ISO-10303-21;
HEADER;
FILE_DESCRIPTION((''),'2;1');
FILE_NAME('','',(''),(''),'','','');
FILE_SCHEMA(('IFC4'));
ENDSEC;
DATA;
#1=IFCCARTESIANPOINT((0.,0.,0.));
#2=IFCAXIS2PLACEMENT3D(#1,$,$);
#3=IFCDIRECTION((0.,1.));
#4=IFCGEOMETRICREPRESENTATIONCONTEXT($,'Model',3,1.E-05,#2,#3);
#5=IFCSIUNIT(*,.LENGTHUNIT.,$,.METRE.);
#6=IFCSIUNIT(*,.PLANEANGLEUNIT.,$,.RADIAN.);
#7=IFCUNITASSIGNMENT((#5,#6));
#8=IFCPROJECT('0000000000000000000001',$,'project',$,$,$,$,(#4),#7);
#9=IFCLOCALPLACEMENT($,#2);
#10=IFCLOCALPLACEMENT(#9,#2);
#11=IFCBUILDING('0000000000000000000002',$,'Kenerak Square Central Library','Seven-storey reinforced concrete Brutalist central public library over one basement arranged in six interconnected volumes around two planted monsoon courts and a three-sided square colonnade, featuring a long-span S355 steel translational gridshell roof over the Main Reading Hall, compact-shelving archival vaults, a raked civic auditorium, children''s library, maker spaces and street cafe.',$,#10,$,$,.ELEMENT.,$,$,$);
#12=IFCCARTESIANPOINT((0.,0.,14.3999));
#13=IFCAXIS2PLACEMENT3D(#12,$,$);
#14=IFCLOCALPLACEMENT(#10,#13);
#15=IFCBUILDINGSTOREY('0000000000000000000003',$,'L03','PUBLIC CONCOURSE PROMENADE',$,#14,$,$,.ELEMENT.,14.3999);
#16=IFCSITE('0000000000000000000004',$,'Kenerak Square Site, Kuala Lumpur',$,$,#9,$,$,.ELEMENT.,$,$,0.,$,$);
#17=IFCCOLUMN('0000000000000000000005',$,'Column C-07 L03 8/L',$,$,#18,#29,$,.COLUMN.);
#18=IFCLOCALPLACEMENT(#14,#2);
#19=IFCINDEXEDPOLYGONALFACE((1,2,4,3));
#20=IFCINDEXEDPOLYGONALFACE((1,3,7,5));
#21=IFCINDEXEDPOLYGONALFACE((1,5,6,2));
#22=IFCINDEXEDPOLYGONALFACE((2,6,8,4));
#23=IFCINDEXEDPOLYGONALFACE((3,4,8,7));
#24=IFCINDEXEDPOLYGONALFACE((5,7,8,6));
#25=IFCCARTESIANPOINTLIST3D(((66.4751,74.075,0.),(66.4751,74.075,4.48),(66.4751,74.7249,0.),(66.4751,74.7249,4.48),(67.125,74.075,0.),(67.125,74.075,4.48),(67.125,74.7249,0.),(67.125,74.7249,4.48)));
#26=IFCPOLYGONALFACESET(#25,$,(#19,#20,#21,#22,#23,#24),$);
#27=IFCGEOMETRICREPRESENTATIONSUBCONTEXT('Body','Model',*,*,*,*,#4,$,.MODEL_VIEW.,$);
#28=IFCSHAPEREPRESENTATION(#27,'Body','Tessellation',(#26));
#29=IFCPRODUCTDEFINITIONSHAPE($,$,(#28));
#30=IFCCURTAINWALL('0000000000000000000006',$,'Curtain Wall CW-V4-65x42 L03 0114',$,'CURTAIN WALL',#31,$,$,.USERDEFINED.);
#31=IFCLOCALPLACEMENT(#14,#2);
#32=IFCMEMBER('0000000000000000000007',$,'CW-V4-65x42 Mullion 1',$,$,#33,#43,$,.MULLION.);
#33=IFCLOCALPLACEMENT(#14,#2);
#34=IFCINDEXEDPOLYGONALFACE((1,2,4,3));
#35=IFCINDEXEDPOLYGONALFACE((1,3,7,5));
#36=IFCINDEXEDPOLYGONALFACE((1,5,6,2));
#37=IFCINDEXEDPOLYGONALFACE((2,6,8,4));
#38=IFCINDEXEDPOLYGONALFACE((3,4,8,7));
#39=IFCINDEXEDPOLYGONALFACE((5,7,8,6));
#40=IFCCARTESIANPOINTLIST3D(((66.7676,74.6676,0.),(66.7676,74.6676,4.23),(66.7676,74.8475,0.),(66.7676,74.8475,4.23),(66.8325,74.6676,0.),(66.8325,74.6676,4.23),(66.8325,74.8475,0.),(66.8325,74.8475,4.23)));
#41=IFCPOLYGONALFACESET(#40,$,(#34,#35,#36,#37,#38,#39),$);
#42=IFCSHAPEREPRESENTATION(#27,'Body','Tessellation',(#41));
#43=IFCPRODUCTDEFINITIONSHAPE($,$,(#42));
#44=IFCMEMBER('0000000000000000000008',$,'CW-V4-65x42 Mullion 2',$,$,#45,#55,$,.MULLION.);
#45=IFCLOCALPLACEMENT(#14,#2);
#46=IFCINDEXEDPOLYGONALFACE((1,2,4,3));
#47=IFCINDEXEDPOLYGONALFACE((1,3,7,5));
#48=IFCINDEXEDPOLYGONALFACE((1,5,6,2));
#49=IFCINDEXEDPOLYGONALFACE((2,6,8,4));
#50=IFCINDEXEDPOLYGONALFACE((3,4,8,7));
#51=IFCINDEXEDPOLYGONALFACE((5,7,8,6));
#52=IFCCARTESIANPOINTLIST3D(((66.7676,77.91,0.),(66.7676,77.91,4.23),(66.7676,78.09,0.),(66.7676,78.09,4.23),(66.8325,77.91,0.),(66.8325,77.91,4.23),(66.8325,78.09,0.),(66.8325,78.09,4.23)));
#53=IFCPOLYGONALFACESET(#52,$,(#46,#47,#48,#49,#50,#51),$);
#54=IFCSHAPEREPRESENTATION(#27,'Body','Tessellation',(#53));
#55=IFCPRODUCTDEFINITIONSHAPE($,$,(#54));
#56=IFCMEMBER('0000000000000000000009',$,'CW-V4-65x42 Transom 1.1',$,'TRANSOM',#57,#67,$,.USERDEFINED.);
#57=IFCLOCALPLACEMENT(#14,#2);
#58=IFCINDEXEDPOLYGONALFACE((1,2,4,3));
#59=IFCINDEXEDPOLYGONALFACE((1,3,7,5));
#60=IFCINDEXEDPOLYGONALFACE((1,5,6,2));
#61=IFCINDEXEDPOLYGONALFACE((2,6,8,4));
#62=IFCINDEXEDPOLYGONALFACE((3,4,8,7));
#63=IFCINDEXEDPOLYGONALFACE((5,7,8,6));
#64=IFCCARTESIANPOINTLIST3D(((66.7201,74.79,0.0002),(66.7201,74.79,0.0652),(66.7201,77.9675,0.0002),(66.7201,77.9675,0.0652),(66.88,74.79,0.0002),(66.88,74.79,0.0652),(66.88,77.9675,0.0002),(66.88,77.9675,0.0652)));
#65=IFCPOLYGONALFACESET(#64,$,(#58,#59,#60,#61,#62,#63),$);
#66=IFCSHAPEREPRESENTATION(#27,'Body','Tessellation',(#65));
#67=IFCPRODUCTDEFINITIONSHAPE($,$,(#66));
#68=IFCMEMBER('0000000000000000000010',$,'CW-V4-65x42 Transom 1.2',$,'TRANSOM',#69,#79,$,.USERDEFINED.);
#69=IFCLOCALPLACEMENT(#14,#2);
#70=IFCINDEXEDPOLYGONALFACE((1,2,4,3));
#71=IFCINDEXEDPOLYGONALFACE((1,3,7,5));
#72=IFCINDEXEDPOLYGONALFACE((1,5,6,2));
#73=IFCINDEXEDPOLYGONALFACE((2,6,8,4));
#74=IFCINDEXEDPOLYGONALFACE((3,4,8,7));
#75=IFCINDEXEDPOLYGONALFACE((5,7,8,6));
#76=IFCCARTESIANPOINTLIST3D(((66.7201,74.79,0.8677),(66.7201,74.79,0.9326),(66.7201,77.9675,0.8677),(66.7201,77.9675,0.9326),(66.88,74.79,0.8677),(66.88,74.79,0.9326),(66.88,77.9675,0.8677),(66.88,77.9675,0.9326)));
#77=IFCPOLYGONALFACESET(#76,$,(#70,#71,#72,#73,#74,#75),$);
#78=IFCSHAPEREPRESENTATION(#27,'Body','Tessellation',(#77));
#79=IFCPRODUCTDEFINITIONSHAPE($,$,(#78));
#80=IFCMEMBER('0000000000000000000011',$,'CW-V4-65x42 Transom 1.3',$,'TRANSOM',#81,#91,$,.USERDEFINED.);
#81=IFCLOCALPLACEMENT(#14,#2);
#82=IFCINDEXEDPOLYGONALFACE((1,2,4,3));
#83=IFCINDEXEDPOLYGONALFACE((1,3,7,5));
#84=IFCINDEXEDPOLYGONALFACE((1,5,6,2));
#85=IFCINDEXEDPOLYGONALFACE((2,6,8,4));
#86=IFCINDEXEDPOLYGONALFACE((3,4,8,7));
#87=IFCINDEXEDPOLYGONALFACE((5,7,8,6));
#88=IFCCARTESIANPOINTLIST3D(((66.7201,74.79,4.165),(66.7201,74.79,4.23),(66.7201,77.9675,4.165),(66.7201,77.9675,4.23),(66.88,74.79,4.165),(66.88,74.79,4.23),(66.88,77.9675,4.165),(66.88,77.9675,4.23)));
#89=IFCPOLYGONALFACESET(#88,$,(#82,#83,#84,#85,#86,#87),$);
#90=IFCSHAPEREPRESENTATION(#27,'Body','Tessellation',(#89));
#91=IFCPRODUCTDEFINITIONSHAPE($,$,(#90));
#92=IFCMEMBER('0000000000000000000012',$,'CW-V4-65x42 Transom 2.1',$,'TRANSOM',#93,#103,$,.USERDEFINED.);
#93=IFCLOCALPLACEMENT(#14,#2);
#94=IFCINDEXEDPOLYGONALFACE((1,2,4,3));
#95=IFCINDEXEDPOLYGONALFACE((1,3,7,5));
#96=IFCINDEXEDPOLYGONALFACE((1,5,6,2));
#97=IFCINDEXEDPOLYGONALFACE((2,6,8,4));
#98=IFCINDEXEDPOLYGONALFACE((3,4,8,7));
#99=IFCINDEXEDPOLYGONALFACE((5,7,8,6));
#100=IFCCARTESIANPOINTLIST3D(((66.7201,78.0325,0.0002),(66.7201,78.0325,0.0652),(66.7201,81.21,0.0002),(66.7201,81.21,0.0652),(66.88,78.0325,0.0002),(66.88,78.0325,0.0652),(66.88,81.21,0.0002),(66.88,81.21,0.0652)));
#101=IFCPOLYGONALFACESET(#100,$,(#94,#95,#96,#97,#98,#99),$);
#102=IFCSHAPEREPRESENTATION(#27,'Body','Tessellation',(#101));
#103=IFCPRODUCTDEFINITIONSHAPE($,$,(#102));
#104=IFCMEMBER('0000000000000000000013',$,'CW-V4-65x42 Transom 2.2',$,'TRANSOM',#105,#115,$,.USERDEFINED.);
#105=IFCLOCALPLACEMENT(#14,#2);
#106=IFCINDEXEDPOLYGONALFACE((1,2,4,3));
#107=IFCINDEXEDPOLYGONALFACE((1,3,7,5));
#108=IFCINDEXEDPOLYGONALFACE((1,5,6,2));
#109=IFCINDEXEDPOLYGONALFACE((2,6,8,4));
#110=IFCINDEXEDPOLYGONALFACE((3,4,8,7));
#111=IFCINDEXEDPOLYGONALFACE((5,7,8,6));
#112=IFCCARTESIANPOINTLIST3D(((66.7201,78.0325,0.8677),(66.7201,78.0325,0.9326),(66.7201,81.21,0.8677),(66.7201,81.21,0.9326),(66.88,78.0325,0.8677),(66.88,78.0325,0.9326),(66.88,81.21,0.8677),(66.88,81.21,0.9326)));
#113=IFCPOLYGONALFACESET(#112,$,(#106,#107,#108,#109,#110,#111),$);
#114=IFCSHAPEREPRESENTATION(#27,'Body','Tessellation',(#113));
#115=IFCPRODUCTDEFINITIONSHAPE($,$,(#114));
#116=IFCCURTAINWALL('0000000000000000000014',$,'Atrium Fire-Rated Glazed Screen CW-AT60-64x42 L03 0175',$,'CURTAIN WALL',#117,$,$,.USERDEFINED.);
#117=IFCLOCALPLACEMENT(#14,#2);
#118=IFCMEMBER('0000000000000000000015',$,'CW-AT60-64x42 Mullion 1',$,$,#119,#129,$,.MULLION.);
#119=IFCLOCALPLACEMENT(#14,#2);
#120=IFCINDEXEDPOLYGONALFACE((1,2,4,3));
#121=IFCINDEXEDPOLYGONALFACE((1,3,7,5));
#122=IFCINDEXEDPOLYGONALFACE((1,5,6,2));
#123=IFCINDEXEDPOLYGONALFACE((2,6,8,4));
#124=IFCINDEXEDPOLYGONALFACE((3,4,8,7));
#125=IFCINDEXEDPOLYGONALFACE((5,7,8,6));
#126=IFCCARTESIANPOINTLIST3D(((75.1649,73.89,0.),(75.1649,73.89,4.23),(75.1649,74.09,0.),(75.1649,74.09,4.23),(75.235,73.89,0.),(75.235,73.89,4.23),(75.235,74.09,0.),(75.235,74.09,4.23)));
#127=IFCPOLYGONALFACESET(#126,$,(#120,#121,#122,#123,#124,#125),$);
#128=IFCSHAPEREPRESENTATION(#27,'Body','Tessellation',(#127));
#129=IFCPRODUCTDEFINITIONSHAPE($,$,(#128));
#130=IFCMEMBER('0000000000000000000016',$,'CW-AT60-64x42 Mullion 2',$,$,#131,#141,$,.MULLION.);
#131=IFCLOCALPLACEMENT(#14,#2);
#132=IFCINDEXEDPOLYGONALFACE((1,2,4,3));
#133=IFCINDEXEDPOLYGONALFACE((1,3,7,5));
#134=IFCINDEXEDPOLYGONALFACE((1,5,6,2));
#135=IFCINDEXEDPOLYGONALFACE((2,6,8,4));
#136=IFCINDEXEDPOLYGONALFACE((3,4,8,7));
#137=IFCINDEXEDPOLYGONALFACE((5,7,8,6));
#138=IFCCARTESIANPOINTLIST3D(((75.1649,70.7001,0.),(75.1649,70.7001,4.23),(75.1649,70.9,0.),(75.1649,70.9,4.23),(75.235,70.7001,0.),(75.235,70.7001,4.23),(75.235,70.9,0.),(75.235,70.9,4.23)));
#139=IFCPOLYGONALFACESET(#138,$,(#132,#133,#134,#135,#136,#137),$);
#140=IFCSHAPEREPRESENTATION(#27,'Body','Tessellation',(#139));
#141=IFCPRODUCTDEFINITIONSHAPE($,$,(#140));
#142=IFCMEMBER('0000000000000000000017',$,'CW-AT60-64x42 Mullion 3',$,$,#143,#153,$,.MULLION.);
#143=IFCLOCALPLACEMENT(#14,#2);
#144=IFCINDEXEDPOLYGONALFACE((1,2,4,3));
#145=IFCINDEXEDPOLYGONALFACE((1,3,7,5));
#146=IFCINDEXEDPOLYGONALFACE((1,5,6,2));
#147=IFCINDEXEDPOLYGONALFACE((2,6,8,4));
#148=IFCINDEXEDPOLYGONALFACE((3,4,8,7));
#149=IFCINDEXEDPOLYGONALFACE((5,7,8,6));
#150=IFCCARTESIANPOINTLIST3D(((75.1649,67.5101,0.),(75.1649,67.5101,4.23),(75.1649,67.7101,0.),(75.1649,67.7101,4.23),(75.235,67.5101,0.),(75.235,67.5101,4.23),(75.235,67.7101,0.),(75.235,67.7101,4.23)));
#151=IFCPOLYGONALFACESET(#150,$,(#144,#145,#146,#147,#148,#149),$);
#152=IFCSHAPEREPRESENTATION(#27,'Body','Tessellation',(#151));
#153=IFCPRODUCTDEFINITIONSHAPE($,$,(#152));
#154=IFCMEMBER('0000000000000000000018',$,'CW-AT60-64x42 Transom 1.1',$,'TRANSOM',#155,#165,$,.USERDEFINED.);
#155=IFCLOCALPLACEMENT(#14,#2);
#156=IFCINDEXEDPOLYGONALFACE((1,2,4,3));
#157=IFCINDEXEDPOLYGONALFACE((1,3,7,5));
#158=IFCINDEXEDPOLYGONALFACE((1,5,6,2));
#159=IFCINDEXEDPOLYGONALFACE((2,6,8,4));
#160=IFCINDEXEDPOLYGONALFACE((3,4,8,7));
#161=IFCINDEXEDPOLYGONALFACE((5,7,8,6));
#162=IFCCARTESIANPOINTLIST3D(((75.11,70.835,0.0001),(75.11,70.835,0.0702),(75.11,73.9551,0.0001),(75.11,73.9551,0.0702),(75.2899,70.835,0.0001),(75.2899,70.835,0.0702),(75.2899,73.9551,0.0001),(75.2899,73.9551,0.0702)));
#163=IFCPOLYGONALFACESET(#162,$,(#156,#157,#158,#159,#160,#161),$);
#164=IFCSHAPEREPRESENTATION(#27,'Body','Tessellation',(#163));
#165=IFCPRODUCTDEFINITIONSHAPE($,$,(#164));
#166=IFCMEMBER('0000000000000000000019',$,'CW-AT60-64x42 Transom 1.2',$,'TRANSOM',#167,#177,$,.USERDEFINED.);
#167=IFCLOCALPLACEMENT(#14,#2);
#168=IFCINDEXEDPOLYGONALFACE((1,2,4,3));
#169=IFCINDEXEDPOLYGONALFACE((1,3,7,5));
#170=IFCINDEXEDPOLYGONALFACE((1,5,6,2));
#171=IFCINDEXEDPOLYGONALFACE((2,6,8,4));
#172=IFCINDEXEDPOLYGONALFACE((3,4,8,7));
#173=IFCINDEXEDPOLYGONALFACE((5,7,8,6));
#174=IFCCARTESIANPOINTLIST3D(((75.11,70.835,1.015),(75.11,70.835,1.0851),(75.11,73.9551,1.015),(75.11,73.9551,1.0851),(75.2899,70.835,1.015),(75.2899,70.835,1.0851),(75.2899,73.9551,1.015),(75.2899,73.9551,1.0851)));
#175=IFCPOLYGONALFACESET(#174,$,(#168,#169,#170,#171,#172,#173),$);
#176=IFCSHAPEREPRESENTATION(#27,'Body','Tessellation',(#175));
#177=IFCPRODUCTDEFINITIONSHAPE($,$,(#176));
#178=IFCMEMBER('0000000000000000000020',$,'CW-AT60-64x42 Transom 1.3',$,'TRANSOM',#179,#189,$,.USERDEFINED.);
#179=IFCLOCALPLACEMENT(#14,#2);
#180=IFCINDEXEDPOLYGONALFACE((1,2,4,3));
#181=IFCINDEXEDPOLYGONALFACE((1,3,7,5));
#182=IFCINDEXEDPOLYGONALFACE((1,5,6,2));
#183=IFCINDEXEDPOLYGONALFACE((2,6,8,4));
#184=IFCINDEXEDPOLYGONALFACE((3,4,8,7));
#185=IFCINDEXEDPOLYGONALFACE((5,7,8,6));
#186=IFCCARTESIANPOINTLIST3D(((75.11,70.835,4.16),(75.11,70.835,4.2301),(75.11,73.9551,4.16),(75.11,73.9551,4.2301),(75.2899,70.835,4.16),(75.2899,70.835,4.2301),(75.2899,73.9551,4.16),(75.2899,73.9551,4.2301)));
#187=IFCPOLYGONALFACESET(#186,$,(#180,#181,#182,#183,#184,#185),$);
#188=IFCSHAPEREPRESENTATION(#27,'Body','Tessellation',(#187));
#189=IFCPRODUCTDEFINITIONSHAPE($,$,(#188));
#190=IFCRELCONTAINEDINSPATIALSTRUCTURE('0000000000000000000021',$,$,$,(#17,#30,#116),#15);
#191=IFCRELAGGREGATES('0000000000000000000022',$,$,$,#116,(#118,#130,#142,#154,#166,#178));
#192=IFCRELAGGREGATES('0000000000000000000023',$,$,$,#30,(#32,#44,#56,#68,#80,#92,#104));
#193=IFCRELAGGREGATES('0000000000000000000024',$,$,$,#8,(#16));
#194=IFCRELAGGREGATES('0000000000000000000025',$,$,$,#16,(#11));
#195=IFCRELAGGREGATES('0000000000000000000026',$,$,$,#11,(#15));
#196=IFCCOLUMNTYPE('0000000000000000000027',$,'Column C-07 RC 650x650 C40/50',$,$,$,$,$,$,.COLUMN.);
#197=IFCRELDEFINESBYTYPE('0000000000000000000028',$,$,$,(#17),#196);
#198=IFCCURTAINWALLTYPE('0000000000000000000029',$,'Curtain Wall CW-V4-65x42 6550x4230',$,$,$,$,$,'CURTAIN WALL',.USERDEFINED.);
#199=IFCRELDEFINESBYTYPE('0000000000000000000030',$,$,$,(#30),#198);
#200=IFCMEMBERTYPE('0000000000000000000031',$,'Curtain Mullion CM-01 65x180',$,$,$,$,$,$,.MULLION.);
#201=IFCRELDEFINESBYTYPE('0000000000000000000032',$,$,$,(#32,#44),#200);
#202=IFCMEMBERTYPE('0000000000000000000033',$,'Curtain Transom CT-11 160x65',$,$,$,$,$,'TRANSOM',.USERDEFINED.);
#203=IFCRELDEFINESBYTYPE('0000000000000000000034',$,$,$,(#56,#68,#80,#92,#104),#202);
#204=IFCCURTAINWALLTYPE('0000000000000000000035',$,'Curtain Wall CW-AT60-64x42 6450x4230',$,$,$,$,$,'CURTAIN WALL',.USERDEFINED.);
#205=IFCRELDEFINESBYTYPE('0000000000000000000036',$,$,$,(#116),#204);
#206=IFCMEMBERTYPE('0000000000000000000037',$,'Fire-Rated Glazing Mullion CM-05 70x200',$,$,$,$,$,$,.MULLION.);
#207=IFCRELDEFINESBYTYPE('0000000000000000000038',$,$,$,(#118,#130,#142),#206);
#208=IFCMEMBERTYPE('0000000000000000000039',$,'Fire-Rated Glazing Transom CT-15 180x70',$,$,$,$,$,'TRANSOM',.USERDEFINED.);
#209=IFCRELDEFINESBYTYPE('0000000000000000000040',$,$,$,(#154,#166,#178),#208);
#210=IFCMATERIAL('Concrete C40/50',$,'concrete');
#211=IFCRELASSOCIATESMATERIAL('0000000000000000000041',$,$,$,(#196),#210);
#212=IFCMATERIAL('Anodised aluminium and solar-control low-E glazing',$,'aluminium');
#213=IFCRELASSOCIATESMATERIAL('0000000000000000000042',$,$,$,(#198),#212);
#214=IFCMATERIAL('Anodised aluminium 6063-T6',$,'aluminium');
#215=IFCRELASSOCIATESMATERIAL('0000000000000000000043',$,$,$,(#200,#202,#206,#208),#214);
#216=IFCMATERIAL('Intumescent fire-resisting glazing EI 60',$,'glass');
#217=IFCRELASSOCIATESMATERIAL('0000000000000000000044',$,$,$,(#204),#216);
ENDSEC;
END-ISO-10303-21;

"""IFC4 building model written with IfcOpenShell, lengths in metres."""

from ifc_helpers import new_model, si_unit, direction, frame, origin, origin_2d, place, context, subcontext, project, spatial, rectangle, extrude, material, material_profile, profile_set, type_object, element, aggregate, save


model = new_model("IFC4")

# Units and contexts
model_context = context("Model", 3, precision=1e-05, world=origin(), true_north=direction((0.0, 1.0)))
body_context = subcontext(model_context, "Body", "Model", "MODEL_VIEW")
ifc_project = project(units=[si_unit("LENGTHUNIT", "METRE"), si_unit("PLANEANGLEUNIT", "RADIAN")], contexts=[model_context])

# Site, building, storey
site_placement = place(None, origin())
site = spatial("IfcSite", under=ifc_project, at=site_placement, Name="Kenerak Square Site, Kuala Lumpur", CompositionType="ELEMENT", RefElevation=0.0)
building_placement = place(site_placement, origin())
building = spatial("IfcBuilding", under=site, at=building_placement, Name="Kenerak Square Central Library", Description="Seven-storey reinforced concrete Brutalist central public library over one basement arranged in six interconnected volumes around two planted monsoon courts and a three-sided square colonnade, featuring a long-span S355 steel translational gridshell roof over the Main Reading Hall, compact-shelving archival vaults, a raked civic auditorium, children's library, maker spaces and street cafe.", CompositionType="ELEMENT")
storey_placement = place(building_placement, frame((0.0, 0.0, 14.3999)))
storey = spatial("IfcBuildingStorey", under=building, at=storey_placement, Name="L03", Description="PUBLIC CONCOURSE PROMENADE", CompositionType="ELEMENT", Elevation=14.3999)

# Column
ifc_material_1 = material(Name="Concrete C40/50", Category="concrete")
ifc_material_profile_1 = material_profile(ifc_material_1, rectangle(XDim=0.6499, YDim=0.6499, at=origin_2d()), Name="RC 650x650")
ifc_profile_set_1 = profile_set([ifc_material_profile_1], Name="Concrete C40/50")
column_type = type_object("IfcColumnType", Name="Column C-07 RC 650x650 C40/50", PredefinedType="COLUMN", material=ifc_profile_set_1)
column_placement = place(storey_placement, frame((66.8, 74.3999, 0.0), z_axis=(0.0, 0.0, 1.0), x_axis=(1.0, 0.0, 0.0)))
element("IfcColumn", 1, at=column_placement, inside=storey, type_object=column_type, Name="Column C-07 L03 8/L", PredefinedType="COLUMN", context=body_context, shape_type="SweptSolid", body=[
    extrude(rectangle(XDim=0.6499, YDim=0.6499, at=origin_2d()), origin(), (0.0, 0.0, 1.0), 4.48),
])

# Curtain wall, members
ifc_material_2 = material(Name="Anodised aluminium and solar-control low-E glazing", Category="aluminium")
curtain_wall_type_1 = type_object("IfcCurtainWallType", Name="Curtain Wall CW-V4-65x42 6550x4230", ElementType="CURTAIN WALL", PredefinedType="USERDEFINED", material=ifc_material_2)
curtain_wall_1_placement = place(storey_placement, origin())
curtain_wall_1 = element("IfcCurtainWall", 2, at=curtain_wall_1_placement, inside=storey, type_object=curtain_wall_type_1, Name="Curtain Wall CW-V4-65x42 L03 0114", ObjectType="CURTAIN WALL", PredefinedType="USERDEFINED")
ifc_material_3 = material(Name="Anodised aluminium 6063-T6", Category="aluminium")
ifc_material_profile_2 = material_profile(ifc_material_3, rectangle(XDim=0.0649, YDim=0.1799, at=origin_2d()), Name="AL MULLION 65x180")
ifc_profile_set_2 = profile_set([ifc_material_profile_2], Name="Anodised aluminium 6063-T6")
member_type_1 = type_object("IfcMemberType", Name="Curtain Mullion CM-01 65x180", PredefinedType="MULLION", material=ifc_profile_set_2)
member_1_placement = place(storey_placement, frame((66.8, 74.7576, 0.0), z_axis=(0.0, 0.0, 1.0), x_axis=(-1.0, 0.0, 0.0)))
member_1 = element("IfcMember", 3, at=member_1_placement, type_object=member_type_1, Name="CW-V4-65x42 Mullion 1", PredefinedType="MULLION", context=body_context, shape_type="SweptSolid", body=[
    extrude(rectangle(XDim=0.0649, YDim=0.1799, at=origin_2d()), origin(), (0.0, 0.0, 1.0), 4.23),
])
member_2_placement = place(storey_placement, frame((66.8, 78.0, 0.0), z_axis=(0.0, 0.0, 1.0), x_axis=(-1.0, 0.0, 0.0)))
member_2 = element("IfcMember", 4, at=member_2_placement, type_object=member_type_1, Name="CW-V4-65x42 Mullion 2", PredefinedType="MULLION", context=body_context, shape_type="SweptSolid", body=[
    extrude(rectangle(XDim=0.0649, YDim=0.1799, at=origin_2d()), origin(), (0.0, 0.0, 1.0), 4.23),
])
ifc_material_profile_3 = material_profile(ifc_material_3, rectangle(XDim=0.1599, YDim=0.0649, at=origin_2d()), Name="AL TRANSOM 160x65")
ifc_profile_set_3 = profile_set([ifc_material_profile_3], Name="Anodised aluminium 6063-T6")
member_type_2 = type_object("IfcMemberType", Name="Curtain Transom CT-11 160x65", ElementType="TRANSOM", PredefinedType="USERDEFINED", material=ifc_profile_set_3)
member_3_placement = place(storey_placement, frame((66.8, 74.79, 0.0327), z_axis=(0.0, 1.0, 0.0), x_axis=(-1.0, 0.0, 0.0)))
member_3 = element("IfcMember", 5, at=member_3_placement, type_object=member_type_2, Name="CW-V4-65x42 Transom 1.1", ObjectType="TRANSOM", PredefinedType="USERDEFINED", context=body_context, shape_type="SweptSolid", body=[
    extrude(rectangle(XDim=0.1599, YDim=0.0649, at=origin_2d()), origin(), (0.0, 0.0, 1.0), 3.1775),
])
member_4_placement = place(storey_placement, frame((66.8, 74.79, 0.9001), z_axis=(0.0, 1.0, 0.0), x_axis=(-1.0, 0.0, 0.0)))
member_4 = element("IfcMember", 6, at=member_4_placement, type_object=member_type_2, Name="CW-V4-65x42 Transom 1.2", ObjectType="TRANSOM", PredefinedType="USERDEFINED", context=body_context, shape_type="SweptSolid", body=[
    extrude(rectangle(XDim=0.1599, YDim=0.0649, at=origin_2d()), origin(), (0.0, 0.0, 1.0), 3.1775),
])
member_5_placement = place(storey_placement, frame((66.8, 74.79, 4.1975), z_axis=(0.0, 1.0, 0.0), x_axis=(-1.0, 0.0, 0.0)))
member_5 = element("IfcMember", 7, at=member_5_placement, type_object=member_type_2, Name="CW-V4-65x42 Transom 1.3", ObjectType="TRANSOM", PredefinedType="USERDEFINED", context=body_context, shape_type="SweptSolid", body=[
    extrude(rectangle(XDim=0.1599, YDim=0.0649, at=origin_2d()), origin(), (0.0, 0.0, 1.0), 3.1775),
])
member_6_placement = place(storey_placement, frame((66.8, 78.0325, 0.0327), z_axis=(0.0, 1.0, 0.0), x_axis=(-1.0, 0.0, 0.0)))
member_6 = element("IfcMember", 8, at=member_6_placement, type_object=member_type_2, Name="CW-V4-65x42 Transom 2.1", ObjectType="TRANSOM", PredefinedType="USERDEFINED", context=body_context, shape_type="SweptSolid", body=[
    extrude(rectangle(XDim=0.1599, YDim=0.0649, at=origin_2d()), origin(), (0.0, 0.0, 1.0), 3.1775),
])
member_7_placement = place(storey_placement, frame((66.8, 78.0325, 0.9001), z_axis=(0.0, 1.0, 0.0), x_axis=(-1.0, 0.0, 0.0)))
member_7 = element("IfcMember", 9, at=member_7_placement, type_object=member_type_2, Name="CW-V4-65x42 Transom 2.2", ObjectType="TRANSOM", PredefinedType="USERDEFINED", context=body_context, shape_type="SweptSolid", body=[
    extrude(rectangle(XDim=0.1599, YDim=0.0649, at=origin_2d()), origin(), (0.0, 0.0, 1.0), 3.1775),
])

# Curtain wall, members
ifc_material_4 = material(Name="Intumescent fire-resisting glazing EI 60", Category="glass")
curtain_wall_type_2 = type_object("IfcCurtainWallType", Name="Curtain Wall CW-AT60-64x42 6450x4230", ElementType="CURTAIN WALL", PredefinedType="USERDEFINED", material=ifc_material_4)
curtain_wall_2_placement = place(storey_placement, origin())
curtain_wall_2 = element("IfcCurtainWall", 10, at=curtain_wall_2_placement, inside=storey, type_object=curtain_wall_type_2, Name="Atrium Fire-Rated Glazed Screen CW-AT60-64x42 L03 0175", ObjectType="CURTAIN WALL", PredefinedType="USERDEFINED")
ifc_material_profile_4 = material_profile(ifc_material_3, rectangle(XDim=0.0701, YDim=0.2, at=origin_2d()), Name="AL MULLION 70x200")
ifc_profile_set_4 = profile_set([ifc_material_profile_4], Name="Anodised aluminium 6063-T6")
member_type_3 = type_object("IfcMemberType", Name="Fire-Rated Glazing Mullion CM-05 70x200", PredefinedType="MULLION", material=ifc_profile_set_4)
member_8_placement = place(storey_placement, frame((75.2, 73.99, 0.0), z_axis=(0.0, 0.0, 1.0), x_axis=(1.0, 0.0, 0.0)))
member_8 = element("IfcMember", 11, at=member_8_placement, type_object=member_type_3, Name="CW-AT60-64x42 Mullion 1", PredefinedType="MULLION", context=body_context, shape_type="SweptSolid", body=[
    extrude(rectangle(XDim=0.0701, YDim=0.2, at=origin_2d()), origin(), (0.0, 0.0, 1.0), 4.23),
])
member_9_placement = place(storey_placement, frame((75.2, 70.8, 0.0), z_axis=(0.0, 0.0, 1.0), x_axis=(1.0, 0.0, 0.0)))
member_9 = element("IfcMember", 12, at=member_9_placement, type_object=member_type_3, Name="CW-AT60-64x42 Mullion 2", PredefinedType="MULLION", context=body_context, shape_type="SweptSolid", body=[
    extrude(rectangle(XDim=0.0701, YDim=0.2, at=origin_2d()), origin(), (0.0, 0.0, 1.0), 4.23),
])
member_10_placement = place(storey_placement, frame((75.2, 67.6101, 0.0), z_axis=(0.0, 0.0, 1.0), x_axis=(1.0, 0.0, 0.0)))
member_10 = element("IfcMember", 13, at=member_10_placement, type_object=member_type_3, Name="CW-AT60-64x42 Mullion 3", PredefinedType="MULLION", context=body_context, shape_type="SweptSolid", body=[
    extrude(rectangle(XDim=0.0701, YDim=0.2, at=origin_2d()), origin(), (0.0, 0.0, 1.0), 4.23),
])
ifc_material_profile_5 = material_profile(ifc_material_3, rectangle(XDim=0.1799, YDim=0.0701, at=origin_2d()), Name="AL TRANSOM 180x70")
ifc_profile_set_5 = profile_set([ifc_material_profile_5], Name="Anodised aluminium 6063-T6")
member_type_4 = type_object("IfcMemberType", Name="Fire-Rated Glazing Transom CT-15 180x70", ElementType="TRANSOM", PredefinedType="USERDEFINED", material=ifc_profile_set_5)
member_11_placement = place(storey_placement, frame((75.2, 73.9551, 0.0352), z_axis=(0.0, -1.0, 0.0), x_axis=(1.0, 0.0, 0.0)))
member_11 = element("IfcMember", 14, at=member_11_placement, type_object=member_type_4, Name="CW-AT60-64x42 Transom 1.1", ObjectType="TRANSOM", PredefinedType="USERDEFINED", context=body_context, shape_type="SweptSolid", body=[
    extrude(rectangle(XDim=0.1799, YDim=0.0701, at=origin_2d()), origin(), (0.0, 0.0, 1.0), 3.1201),
])
member_12_placement = place(storey_placement, frame((75.2, 73.9551, 1.05), z_axis=(0.0, -1.0, 0.0), x_axis=(1.0, 0.0, 0.0)))
member_12 = element("IfcMember", 15, at=member_12_placement, type_object=member_type_4, Name="CW-AT60-64x42 Transom 1.2", ObjectType="TRANSOM", PredefinedType="USERDEFINED", context=body_context, shape_type="SweptSolid", body=[
    extrude(rectangle(XDim=0.1799, YDim=0.0701, at=origin_2d()), origin(), (0.0, 0.0, 1.0), 3.1201),
])
member_13_placement = place(storey_placement, frame((75.2, 73.9551, 4.1951), z_axis=(0.0, -1.0, 0.0), x_axis=(1.0, 0.0, 0.0)))
member_13 = element("IfcMember", 16, at=member_13_placement, type_object=member_type_4, Name="CW-AT60-64x42 Transom 1.3", ObjectType="TRANSOM", PredefinedType="USERDEFINED", context=body_context, shape_type="SweptSolid", body=[
    extrude(rectangle(XDim=0.1799, YDim=0.0701, at=origin_2d()), origin(), (0.0, 0.0, 1.0), 3.1201),
])
aggregate(curtain_wall_2, [member_8, member_9, member_10, member_11, member_12, member_13])

aggregate(curtain_wall_1, [member_1, member_2, member_3, member_4, member_5, member_6, member_7])

save(model, "model.ifc")
